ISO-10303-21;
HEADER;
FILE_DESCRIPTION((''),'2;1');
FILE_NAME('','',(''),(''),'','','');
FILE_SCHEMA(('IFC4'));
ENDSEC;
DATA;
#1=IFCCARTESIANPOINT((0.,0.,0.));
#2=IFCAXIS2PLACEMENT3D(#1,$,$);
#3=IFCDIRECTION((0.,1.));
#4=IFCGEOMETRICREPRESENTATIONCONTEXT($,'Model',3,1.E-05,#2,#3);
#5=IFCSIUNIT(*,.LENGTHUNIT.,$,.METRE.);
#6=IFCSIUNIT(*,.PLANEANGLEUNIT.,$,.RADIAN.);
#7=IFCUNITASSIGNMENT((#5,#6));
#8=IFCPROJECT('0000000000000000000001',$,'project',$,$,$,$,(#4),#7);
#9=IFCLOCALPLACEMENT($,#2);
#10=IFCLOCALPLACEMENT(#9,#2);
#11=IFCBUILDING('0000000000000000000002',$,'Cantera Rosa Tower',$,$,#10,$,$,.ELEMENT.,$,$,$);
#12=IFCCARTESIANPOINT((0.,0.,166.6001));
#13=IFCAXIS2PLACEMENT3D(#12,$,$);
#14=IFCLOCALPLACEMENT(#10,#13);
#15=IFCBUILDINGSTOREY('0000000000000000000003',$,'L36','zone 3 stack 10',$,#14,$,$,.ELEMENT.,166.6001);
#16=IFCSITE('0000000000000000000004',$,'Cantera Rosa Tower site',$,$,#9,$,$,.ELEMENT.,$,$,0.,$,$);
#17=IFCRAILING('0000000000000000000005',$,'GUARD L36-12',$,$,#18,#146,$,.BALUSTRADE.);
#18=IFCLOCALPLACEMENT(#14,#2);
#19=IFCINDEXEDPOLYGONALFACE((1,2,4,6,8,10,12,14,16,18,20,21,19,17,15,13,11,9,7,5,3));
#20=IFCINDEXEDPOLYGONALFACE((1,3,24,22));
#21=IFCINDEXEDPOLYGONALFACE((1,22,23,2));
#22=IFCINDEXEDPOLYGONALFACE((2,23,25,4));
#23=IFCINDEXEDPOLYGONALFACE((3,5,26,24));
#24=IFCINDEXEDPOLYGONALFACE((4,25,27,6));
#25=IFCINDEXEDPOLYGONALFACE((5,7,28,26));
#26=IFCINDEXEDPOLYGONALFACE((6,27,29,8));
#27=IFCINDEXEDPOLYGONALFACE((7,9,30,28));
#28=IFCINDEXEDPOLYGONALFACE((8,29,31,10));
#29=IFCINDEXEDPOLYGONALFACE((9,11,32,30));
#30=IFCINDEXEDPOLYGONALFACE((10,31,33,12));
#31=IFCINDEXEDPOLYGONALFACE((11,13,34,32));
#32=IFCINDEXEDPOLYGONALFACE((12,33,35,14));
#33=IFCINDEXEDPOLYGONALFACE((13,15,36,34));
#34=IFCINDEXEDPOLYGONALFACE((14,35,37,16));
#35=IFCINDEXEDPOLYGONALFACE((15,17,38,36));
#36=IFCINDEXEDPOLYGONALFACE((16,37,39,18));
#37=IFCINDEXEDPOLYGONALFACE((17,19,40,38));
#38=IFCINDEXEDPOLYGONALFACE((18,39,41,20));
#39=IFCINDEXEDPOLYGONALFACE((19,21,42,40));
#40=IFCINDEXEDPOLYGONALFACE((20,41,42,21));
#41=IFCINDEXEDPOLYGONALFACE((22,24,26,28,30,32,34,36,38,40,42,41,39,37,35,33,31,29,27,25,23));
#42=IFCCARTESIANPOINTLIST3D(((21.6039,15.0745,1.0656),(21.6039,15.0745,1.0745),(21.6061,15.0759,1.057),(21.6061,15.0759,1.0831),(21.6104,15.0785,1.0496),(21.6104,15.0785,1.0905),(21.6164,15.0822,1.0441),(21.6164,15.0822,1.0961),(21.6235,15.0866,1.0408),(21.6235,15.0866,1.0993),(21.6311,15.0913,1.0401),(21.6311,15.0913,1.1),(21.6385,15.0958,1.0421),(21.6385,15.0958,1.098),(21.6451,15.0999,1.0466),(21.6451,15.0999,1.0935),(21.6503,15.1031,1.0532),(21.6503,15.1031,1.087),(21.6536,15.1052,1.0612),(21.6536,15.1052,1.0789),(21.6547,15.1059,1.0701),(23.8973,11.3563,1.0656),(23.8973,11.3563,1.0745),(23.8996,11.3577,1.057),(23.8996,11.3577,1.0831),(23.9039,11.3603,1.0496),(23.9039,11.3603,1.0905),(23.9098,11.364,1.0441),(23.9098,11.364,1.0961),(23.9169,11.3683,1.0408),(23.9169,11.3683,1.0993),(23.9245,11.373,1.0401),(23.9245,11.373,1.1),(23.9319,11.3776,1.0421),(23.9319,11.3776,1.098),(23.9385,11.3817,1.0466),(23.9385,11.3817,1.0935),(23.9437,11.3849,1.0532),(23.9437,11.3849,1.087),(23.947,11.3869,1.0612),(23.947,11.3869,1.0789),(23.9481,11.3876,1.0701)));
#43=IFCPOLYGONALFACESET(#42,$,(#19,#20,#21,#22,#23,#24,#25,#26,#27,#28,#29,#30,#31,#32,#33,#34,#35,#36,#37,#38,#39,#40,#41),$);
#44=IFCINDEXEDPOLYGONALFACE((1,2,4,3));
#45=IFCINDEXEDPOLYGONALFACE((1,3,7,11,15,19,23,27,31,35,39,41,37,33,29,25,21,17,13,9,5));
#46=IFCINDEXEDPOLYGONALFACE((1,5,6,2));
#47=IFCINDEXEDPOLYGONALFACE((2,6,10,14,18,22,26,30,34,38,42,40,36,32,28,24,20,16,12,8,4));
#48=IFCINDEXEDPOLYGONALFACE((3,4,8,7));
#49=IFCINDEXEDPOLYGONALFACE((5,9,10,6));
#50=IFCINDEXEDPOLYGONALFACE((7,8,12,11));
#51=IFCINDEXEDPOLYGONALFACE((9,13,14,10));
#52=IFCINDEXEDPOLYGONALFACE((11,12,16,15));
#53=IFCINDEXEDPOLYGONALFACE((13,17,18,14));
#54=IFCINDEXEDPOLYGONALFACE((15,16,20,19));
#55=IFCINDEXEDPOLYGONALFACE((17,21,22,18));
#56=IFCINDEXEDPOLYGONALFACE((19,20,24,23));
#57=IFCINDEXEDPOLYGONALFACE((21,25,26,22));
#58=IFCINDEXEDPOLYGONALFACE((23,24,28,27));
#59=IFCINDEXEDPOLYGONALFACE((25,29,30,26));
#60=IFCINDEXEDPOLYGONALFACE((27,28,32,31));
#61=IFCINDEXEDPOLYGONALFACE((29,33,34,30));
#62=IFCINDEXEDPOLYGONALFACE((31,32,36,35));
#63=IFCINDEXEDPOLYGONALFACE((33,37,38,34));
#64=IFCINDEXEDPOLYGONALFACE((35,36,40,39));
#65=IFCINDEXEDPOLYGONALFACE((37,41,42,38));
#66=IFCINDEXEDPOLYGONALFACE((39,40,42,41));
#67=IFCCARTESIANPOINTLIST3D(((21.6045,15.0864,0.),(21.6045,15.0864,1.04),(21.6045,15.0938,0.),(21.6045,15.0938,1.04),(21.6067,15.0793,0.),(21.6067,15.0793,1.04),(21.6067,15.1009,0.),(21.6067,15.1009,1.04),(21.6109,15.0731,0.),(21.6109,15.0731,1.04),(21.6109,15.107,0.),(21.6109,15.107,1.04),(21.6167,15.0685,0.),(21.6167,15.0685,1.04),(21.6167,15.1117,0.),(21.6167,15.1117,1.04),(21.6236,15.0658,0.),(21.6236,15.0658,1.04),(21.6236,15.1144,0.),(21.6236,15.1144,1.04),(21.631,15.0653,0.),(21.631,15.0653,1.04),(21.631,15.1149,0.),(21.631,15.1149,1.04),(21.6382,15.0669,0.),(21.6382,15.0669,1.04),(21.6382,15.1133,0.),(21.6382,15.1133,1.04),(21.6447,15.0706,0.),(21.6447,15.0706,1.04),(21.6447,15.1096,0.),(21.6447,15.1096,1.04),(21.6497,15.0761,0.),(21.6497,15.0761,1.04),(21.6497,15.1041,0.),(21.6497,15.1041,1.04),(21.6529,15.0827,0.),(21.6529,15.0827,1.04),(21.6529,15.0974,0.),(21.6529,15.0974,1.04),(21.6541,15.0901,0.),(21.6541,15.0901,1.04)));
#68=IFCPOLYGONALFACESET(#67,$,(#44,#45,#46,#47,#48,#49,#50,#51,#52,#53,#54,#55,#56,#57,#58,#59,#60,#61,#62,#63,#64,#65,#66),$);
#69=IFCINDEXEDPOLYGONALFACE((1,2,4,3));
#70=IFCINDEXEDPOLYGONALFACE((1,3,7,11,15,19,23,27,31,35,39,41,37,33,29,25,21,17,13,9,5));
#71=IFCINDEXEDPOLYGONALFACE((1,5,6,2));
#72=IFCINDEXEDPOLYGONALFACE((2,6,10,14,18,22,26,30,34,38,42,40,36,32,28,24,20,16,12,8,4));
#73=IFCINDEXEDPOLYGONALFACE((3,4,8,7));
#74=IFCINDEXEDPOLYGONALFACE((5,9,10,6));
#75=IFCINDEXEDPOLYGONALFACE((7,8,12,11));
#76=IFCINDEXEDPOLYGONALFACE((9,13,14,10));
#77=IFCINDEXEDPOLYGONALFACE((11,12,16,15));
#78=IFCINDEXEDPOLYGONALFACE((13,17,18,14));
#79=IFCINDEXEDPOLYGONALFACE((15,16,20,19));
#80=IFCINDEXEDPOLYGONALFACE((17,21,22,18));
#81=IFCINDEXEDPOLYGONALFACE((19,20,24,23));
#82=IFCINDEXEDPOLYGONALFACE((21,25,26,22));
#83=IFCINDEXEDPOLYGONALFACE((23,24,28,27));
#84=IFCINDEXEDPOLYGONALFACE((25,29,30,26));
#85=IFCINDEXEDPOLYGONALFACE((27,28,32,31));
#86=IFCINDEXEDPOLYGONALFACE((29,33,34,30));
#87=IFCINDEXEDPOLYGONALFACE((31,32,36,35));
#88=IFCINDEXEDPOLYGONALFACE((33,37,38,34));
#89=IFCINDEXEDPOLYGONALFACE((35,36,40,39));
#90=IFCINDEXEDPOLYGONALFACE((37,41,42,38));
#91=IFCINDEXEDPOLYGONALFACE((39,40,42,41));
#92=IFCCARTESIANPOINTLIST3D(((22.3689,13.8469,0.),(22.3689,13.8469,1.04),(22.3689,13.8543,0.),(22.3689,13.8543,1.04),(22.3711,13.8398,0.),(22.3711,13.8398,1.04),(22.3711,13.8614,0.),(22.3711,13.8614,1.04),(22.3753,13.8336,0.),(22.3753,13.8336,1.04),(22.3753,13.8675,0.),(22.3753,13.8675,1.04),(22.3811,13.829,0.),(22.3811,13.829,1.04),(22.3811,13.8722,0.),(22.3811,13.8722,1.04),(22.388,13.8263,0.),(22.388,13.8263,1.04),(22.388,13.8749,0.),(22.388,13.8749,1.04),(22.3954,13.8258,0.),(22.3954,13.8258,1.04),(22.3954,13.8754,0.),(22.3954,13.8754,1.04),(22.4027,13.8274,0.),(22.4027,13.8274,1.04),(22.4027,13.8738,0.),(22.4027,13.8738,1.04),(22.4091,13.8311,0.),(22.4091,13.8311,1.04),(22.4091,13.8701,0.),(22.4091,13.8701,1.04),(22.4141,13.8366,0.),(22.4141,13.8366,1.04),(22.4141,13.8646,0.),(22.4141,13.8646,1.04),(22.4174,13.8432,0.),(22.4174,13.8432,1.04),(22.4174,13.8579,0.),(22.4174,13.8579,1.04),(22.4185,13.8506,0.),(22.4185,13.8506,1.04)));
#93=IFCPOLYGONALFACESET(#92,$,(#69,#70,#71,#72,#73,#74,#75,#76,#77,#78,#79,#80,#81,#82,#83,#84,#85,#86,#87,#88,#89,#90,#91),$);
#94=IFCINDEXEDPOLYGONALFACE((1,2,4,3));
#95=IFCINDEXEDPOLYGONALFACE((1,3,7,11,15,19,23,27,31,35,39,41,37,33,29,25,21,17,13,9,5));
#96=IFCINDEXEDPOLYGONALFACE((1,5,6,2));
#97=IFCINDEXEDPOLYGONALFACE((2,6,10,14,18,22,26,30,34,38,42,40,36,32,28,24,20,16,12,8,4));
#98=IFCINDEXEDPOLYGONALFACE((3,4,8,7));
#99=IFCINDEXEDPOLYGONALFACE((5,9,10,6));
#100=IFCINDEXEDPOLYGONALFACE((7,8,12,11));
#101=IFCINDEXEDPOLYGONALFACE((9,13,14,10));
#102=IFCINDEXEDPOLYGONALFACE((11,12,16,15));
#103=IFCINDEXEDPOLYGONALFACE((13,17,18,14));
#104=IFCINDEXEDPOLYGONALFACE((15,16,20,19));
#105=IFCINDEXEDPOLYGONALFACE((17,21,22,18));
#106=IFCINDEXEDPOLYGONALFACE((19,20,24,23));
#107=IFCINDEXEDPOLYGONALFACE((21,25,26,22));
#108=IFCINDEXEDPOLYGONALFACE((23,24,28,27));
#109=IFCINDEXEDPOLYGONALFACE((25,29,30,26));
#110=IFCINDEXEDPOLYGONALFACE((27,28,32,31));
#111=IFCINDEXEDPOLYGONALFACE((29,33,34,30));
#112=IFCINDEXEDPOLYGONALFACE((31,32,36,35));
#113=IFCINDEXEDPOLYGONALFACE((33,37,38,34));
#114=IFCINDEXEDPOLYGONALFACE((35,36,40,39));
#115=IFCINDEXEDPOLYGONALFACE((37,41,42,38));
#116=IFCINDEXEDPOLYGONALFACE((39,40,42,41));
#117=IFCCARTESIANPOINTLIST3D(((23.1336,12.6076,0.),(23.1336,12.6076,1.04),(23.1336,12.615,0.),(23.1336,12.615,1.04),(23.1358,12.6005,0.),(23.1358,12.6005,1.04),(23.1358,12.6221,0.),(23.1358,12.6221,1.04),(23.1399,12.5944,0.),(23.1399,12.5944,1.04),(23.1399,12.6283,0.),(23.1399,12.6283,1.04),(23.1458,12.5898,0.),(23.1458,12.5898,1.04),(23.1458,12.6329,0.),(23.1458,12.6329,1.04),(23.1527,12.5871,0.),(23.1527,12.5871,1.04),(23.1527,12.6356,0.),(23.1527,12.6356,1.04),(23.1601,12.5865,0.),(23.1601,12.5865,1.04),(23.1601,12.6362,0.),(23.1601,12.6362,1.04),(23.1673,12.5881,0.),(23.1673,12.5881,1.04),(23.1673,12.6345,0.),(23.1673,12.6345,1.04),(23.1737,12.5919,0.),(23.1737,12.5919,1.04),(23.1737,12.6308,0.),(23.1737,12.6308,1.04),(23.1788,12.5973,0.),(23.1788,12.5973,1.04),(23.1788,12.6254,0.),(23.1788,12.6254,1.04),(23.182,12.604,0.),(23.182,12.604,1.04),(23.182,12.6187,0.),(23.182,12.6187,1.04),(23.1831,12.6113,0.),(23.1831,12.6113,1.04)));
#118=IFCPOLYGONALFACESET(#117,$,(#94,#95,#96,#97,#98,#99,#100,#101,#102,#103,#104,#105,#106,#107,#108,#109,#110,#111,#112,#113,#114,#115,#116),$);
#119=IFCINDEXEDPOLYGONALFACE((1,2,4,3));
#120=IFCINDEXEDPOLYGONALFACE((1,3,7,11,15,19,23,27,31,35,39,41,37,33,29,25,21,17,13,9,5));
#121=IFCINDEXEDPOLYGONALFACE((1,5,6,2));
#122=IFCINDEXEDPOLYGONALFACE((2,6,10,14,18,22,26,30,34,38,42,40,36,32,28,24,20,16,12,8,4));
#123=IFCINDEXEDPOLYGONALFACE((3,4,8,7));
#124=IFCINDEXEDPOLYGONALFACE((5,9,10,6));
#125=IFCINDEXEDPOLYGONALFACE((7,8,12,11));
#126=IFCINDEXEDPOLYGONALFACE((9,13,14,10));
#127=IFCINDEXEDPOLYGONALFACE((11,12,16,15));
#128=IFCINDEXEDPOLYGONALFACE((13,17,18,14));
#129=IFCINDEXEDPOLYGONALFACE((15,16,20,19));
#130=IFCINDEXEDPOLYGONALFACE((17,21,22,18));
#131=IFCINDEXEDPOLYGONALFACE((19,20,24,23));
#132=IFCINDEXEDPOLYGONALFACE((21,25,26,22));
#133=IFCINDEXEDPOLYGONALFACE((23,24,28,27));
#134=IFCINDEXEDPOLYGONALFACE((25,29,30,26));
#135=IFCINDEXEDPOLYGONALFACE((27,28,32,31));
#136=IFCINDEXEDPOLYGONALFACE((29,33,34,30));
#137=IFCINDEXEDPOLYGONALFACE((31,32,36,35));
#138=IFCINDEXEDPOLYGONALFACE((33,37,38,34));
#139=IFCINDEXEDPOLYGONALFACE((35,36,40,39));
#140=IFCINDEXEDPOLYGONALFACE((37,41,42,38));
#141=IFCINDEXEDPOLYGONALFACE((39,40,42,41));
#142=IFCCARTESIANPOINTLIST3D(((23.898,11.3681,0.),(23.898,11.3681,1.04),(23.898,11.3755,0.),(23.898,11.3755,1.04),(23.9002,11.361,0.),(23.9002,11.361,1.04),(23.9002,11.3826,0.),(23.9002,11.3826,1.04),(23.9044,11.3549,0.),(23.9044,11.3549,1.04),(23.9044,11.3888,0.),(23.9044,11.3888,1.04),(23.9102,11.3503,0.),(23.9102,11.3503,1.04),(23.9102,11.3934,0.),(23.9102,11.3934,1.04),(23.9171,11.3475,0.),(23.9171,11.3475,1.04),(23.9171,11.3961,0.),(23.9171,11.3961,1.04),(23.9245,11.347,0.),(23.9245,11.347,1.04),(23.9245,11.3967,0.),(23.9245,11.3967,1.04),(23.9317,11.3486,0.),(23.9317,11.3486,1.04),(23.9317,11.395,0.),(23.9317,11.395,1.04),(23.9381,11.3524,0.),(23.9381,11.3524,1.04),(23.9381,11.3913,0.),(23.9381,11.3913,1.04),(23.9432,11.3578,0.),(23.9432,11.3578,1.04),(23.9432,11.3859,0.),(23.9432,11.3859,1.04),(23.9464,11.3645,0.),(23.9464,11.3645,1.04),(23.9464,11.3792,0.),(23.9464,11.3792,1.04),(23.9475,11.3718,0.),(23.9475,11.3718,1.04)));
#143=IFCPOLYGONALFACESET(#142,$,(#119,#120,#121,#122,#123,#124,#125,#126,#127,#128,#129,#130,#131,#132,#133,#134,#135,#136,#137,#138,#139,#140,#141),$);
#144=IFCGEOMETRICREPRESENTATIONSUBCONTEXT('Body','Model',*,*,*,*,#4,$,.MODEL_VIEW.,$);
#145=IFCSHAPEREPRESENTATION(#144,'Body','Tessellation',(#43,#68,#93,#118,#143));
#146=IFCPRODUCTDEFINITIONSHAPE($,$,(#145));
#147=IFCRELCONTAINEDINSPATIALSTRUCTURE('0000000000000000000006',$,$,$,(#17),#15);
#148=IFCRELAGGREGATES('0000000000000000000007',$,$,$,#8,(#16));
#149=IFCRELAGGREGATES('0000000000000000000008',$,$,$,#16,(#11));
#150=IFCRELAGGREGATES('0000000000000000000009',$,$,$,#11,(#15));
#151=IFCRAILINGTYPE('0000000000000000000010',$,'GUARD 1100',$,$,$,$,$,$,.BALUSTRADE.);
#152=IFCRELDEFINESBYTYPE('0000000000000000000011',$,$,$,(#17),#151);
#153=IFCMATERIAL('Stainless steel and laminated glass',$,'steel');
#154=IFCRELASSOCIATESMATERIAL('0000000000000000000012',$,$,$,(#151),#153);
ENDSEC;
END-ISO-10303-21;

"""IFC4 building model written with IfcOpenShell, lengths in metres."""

from ifc_helpers import new_model, si_unit, direction, frame, origin, origin_2d, place, context, subcontext, project, spatial, circle, extrude, material, type_object, element, save


model = new_model("IFC4")

# Units and contexts
model_context = context("Model", 3, precision=1e-05, world=origin(), true_north=direction((0.0, 1.0)))
body_context = subcontext(model_context, "Body", "Model", "MODEL_VIEW")
ifc_project = project(units=[si_unit("LENGTHUNIT", "METRE"), si_unit("PLANEANGLEUNIT", "RADIAN")], contexts=[model_context])

# Site, building, storey
site_placement = place(None, origin())
site = spatial("IfcSite", under=ifc_project, at=site_placement, Name="Cantera Rosa Tower site", CompositionType="ELEMENT", RefElevation=0.0)
building_placement = place(site_placement, origin())
building = spatial("IfcBuilding", under=site, at=building_placement, Name="Cantera Rosa Tower", CompositionType="ELEMENT")
storey_placement = place(building_placement, frame((0.0, 0.0, 166.6001)))
storey = spatial("IfcBuildingStorey", under=building, at=storey_placement, Name="L36", Description="zone 3 stack 10", CompositionType="ELEMENT", Elevation=166.6001)

# Railing
ifc_material_1 = material(Name="Stainless steel and laminated glass", Category="steel")
railing_type = type_object("IfcRailingType", Name="GUARD 1100", PredefinedType="BALUSTRADE", material=ifc_material_1)
railing_1_placement = place(storey_placement, frame((21.6292, 15.0901, 0.0)))
element("IfcRailing", 1, at=railing_1_placement, inside=storey, type_object=railing_type, Name="GUARD L36-12", PredefinedType="BALUSTRADE", context=body_context, shape_type="SweptSolid", body=[
    extrude(circle(Radius=0.03, at=origin_2d()), frame((0.0, 0.0, 1.0701), z_axis=(0.524976, -0.851117, 0.0), x_axis=(0.851117, 0.524976, 0.0)), (0.0, 0.0, 1.0), 4.3687),
    extrude(circle(Radius=0.0249, at=origin_2d()), origin(), (0.0, 0.0, 1.0), 1.04),
    extrude(circle(Radius=0.0249, at=origin_2d()), frame((0.7644, -1.2395, 0.0)), (0.0, 0.0, 1.0), 1.04),
    extrude(circle(Radius=0.0249, at=origin_2d()), frame((1.5291, -2.4788, 0.0)), (0.0, 0.0, 1.0), 1.04),
    extrude(circle(Radius=0.0249, at=origin_2d()), frame((2.2935, -3.7183, 0.0)), (0.0, 0.0, 1.0), 1.04),
])

save(model, "model.ifc")
